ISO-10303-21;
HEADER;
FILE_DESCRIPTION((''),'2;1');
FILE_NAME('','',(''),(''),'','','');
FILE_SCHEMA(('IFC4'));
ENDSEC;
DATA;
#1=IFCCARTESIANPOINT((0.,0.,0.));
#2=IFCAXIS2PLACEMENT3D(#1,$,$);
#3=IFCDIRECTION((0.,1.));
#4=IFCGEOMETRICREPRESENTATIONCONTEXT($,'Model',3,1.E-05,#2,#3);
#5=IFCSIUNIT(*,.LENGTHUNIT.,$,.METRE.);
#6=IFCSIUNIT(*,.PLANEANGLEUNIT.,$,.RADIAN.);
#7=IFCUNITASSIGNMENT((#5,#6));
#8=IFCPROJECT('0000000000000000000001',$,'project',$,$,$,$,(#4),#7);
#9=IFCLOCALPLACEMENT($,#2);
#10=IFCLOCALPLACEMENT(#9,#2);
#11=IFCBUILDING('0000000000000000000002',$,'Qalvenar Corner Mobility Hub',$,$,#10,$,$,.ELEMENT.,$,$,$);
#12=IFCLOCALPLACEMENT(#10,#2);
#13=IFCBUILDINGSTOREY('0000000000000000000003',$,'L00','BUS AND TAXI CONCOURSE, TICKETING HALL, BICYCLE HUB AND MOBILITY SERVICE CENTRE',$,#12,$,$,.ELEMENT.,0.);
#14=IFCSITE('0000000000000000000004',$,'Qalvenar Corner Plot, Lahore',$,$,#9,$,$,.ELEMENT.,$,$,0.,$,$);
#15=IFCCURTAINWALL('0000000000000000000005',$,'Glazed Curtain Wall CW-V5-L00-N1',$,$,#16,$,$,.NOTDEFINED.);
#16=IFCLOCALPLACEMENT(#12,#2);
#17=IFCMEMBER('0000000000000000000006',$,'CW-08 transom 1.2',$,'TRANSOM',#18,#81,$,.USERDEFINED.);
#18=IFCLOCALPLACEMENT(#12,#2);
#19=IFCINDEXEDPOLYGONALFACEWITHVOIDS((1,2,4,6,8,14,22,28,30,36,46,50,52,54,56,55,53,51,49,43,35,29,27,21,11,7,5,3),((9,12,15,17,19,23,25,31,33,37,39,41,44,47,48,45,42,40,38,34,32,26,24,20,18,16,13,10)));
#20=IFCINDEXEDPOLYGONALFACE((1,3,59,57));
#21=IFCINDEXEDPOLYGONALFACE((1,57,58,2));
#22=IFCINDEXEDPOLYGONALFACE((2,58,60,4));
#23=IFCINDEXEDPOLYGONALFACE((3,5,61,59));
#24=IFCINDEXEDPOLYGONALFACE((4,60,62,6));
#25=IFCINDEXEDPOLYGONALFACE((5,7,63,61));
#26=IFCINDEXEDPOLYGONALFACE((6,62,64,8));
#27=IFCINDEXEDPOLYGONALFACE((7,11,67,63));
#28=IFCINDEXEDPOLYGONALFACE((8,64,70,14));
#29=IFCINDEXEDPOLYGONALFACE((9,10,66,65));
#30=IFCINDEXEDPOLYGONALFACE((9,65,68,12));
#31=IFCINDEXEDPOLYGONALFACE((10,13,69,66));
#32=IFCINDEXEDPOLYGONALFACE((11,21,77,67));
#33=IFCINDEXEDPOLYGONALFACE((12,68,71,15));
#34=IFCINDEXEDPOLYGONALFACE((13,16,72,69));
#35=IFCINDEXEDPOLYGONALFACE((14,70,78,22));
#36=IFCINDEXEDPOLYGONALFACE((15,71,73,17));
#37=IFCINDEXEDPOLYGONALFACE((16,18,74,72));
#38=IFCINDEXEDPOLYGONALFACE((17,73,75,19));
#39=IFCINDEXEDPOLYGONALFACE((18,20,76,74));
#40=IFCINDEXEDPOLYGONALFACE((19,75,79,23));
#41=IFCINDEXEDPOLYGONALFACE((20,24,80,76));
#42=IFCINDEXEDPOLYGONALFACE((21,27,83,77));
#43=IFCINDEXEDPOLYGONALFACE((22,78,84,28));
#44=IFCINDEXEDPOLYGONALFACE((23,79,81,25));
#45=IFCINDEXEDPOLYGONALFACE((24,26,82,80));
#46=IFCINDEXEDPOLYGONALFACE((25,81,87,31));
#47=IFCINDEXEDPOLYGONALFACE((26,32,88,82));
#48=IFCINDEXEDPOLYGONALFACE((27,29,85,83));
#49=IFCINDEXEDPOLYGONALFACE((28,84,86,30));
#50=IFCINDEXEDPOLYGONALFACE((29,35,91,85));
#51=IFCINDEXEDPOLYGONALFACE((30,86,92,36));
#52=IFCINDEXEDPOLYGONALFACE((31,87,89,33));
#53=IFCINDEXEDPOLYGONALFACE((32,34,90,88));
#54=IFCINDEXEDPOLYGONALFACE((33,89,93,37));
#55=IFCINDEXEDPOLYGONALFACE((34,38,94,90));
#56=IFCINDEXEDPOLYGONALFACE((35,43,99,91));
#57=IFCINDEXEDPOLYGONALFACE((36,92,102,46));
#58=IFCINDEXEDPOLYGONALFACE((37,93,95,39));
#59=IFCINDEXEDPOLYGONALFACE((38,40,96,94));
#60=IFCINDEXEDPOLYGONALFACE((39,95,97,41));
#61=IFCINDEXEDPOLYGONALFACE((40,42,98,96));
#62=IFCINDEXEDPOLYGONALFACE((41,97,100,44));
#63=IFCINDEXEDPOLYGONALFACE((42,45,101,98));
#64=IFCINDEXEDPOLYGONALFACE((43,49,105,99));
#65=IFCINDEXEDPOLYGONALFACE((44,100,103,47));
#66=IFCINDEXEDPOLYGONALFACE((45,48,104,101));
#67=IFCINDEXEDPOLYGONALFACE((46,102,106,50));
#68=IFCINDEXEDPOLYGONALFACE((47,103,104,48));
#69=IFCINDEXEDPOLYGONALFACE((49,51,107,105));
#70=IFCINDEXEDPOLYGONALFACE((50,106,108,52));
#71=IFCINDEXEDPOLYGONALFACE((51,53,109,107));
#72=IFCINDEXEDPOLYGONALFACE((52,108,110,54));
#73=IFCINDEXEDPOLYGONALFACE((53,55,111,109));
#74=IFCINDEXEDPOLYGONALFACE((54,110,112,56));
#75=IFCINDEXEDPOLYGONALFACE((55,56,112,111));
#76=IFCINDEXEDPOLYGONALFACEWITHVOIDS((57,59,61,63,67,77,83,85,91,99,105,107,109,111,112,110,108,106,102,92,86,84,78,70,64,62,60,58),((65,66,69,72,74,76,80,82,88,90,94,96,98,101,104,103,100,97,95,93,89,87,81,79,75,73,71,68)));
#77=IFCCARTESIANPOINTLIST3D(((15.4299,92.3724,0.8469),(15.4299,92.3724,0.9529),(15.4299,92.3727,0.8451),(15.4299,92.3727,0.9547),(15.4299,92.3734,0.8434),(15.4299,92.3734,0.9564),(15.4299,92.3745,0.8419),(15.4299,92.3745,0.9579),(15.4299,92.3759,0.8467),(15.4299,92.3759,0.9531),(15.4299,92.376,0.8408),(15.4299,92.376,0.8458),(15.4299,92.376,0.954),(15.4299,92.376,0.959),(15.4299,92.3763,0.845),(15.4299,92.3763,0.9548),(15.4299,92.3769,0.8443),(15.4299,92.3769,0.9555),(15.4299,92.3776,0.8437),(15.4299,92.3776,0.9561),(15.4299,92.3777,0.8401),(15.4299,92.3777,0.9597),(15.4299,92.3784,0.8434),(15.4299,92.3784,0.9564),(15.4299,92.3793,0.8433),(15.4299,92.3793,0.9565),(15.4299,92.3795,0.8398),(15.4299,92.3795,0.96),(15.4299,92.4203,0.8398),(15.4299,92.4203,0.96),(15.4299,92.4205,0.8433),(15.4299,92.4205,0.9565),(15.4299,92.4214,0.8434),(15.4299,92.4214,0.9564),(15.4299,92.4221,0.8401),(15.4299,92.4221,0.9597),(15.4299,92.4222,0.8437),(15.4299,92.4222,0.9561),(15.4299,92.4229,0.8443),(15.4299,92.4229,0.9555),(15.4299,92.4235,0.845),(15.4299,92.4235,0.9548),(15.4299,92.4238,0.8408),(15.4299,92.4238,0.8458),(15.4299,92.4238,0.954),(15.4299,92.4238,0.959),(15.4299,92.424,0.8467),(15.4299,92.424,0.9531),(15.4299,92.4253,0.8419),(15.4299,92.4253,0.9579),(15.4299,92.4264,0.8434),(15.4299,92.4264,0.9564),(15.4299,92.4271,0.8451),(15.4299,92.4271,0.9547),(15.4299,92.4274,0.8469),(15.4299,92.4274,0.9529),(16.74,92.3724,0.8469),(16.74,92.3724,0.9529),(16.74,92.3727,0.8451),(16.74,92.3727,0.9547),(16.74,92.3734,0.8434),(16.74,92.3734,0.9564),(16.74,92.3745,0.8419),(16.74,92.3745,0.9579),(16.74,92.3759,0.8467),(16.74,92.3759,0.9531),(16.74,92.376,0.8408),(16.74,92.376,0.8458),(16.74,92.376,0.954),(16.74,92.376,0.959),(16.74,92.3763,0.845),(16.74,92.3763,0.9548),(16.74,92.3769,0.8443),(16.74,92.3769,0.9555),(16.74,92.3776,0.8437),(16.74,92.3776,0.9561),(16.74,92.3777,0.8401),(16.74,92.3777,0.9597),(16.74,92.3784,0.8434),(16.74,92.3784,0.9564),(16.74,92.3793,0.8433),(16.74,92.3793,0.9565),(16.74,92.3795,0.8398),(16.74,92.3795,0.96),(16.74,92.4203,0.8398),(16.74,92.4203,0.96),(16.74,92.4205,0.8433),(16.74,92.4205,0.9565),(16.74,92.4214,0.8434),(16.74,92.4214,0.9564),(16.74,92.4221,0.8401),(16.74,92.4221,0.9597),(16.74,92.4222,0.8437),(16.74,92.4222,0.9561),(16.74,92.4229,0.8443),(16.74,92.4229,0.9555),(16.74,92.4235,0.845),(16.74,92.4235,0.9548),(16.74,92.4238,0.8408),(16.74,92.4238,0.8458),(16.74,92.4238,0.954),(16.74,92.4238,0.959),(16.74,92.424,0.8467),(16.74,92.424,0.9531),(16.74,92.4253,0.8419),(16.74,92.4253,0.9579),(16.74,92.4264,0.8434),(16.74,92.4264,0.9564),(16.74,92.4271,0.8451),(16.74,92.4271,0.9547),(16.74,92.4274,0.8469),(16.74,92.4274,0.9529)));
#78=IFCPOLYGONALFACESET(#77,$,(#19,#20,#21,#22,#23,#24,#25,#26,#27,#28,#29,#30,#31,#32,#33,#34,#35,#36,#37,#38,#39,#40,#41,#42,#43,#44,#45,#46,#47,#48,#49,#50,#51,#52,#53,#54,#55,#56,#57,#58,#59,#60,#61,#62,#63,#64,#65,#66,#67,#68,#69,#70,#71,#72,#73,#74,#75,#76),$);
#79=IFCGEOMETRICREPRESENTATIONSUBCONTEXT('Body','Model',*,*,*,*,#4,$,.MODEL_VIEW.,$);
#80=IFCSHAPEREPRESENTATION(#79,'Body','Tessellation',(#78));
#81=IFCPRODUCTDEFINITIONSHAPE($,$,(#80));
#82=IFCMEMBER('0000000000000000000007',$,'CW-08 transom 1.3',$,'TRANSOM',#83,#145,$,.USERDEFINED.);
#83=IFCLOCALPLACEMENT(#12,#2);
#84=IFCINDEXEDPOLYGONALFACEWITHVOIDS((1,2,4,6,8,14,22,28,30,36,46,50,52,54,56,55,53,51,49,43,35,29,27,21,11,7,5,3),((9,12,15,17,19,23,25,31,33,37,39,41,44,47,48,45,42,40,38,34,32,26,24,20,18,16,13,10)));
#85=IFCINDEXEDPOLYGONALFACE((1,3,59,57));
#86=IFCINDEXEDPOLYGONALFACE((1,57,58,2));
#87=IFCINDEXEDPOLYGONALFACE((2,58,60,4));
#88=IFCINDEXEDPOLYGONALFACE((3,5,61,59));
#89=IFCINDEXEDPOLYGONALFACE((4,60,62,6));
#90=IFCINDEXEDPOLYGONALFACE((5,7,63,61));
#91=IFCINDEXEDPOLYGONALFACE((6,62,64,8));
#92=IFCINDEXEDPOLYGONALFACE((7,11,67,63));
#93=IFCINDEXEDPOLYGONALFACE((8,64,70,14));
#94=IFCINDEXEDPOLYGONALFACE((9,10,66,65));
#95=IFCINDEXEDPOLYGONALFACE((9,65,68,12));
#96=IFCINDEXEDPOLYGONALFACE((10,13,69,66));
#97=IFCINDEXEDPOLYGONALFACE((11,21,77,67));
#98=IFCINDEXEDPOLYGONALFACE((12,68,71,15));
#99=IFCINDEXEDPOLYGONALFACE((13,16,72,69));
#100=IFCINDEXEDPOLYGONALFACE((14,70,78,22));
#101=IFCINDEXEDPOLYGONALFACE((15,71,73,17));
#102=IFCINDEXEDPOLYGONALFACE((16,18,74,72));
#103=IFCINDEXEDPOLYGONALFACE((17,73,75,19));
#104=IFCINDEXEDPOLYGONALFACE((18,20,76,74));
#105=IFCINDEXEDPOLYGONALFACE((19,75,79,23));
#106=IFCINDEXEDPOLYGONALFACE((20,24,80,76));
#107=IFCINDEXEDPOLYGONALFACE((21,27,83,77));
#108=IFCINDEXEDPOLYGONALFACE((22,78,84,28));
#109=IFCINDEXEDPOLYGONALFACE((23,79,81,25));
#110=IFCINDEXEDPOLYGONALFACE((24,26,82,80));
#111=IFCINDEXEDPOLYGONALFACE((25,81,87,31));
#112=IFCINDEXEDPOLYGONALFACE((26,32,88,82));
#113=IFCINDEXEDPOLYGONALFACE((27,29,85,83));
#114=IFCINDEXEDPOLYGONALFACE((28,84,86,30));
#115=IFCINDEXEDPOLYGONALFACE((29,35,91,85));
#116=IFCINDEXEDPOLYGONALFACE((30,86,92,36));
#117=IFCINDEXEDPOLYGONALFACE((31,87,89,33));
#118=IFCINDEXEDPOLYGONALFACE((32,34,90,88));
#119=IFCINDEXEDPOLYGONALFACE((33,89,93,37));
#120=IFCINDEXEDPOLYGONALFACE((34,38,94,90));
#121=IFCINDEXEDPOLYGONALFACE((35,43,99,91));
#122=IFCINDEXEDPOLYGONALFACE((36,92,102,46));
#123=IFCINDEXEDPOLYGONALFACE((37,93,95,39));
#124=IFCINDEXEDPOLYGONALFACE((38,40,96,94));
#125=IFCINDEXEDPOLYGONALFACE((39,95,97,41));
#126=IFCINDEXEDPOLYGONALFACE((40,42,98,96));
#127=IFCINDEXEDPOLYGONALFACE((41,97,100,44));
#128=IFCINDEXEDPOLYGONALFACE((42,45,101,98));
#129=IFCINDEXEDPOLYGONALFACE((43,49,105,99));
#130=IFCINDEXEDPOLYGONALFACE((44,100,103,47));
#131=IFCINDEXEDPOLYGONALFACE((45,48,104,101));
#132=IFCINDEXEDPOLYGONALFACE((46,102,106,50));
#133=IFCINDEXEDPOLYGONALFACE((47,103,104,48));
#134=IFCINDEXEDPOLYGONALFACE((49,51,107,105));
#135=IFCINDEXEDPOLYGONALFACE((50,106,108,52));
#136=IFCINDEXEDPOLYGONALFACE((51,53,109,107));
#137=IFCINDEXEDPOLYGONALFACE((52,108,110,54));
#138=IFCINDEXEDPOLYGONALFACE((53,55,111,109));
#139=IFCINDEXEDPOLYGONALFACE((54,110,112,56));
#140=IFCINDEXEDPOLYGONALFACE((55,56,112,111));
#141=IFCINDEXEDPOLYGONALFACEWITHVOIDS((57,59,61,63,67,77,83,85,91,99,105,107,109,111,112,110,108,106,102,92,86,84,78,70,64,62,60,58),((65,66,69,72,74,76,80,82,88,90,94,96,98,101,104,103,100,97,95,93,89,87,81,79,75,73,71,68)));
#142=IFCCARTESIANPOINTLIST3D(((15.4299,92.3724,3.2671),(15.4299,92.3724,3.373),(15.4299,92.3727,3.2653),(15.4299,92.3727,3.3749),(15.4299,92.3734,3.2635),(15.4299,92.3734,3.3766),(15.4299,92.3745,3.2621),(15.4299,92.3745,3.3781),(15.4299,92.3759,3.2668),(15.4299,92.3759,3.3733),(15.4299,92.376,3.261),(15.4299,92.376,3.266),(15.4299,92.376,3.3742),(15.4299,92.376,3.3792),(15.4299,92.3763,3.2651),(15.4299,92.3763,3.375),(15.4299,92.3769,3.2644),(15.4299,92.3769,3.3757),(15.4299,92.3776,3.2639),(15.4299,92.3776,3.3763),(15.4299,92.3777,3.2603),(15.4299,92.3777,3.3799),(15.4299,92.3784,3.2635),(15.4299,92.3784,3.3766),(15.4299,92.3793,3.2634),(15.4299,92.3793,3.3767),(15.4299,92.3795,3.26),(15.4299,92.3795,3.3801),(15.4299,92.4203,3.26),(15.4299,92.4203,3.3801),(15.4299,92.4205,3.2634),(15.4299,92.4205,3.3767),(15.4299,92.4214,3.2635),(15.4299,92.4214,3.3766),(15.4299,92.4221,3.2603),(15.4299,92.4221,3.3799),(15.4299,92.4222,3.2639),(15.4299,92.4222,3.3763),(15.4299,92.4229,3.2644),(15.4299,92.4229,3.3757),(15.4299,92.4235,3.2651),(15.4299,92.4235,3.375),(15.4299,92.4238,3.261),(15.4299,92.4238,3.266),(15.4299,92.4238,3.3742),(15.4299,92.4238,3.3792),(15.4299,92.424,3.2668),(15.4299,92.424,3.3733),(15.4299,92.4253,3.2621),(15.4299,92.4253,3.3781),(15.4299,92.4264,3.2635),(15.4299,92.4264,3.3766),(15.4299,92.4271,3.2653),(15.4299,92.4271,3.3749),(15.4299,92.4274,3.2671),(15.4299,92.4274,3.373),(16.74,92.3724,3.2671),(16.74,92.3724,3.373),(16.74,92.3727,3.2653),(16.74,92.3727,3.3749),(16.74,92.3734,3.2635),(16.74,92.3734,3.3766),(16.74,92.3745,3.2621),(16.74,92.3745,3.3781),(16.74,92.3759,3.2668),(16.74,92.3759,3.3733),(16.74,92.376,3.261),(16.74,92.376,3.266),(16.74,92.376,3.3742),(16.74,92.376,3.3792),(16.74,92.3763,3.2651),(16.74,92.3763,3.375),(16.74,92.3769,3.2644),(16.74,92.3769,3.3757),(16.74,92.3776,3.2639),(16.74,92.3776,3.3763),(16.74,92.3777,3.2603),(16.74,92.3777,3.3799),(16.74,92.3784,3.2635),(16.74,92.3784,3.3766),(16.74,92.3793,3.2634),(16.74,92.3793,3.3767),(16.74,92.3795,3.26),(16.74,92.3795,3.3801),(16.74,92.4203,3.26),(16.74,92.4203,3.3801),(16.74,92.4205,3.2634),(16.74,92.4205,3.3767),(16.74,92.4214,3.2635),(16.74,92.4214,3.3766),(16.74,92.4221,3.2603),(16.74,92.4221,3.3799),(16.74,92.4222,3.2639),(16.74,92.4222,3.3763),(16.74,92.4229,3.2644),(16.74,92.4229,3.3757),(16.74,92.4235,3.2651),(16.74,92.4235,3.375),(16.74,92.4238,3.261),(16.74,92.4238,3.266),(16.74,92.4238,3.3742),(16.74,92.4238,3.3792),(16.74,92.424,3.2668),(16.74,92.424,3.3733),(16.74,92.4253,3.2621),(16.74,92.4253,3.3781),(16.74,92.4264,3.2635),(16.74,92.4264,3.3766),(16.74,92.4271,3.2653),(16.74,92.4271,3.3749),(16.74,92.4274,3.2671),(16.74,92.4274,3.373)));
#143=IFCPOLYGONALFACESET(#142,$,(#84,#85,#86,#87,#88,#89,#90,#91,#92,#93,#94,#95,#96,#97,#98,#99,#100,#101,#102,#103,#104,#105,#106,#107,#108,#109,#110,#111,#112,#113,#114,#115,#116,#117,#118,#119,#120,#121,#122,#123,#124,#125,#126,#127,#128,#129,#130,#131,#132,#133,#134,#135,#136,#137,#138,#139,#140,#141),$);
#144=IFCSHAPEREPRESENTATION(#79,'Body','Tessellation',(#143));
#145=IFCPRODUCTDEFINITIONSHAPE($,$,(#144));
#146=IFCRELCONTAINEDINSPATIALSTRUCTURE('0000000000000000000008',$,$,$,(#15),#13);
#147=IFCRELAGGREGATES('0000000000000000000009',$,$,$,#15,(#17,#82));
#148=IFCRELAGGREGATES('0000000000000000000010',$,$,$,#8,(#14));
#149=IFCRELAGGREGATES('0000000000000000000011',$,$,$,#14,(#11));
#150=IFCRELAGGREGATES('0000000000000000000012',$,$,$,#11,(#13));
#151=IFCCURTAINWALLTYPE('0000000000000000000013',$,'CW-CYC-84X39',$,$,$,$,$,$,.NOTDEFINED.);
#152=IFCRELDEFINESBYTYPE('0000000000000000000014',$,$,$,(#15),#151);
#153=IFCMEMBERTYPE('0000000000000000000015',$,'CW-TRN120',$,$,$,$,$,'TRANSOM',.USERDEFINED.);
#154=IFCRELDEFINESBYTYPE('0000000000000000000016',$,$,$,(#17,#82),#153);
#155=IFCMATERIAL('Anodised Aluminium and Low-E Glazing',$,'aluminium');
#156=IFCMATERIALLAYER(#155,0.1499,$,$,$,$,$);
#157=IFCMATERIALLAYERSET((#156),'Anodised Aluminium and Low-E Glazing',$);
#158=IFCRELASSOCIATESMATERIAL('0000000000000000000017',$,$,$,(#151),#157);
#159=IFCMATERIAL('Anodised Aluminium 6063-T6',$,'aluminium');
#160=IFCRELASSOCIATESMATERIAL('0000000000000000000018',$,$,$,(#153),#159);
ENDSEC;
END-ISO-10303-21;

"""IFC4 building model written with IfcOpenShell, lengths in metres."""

from ifc_helpers import new_model, si_unit, direction, frame, origin, origin_2d, place, context, subcontext, project, spatial, hollow_rectangle, extrude, material, layer, layer_set, material_profile, profile_set, type_object, element, aggregate, save


model = new_model("IFC4")

# Units and contexts
model_context = context("Model", 3, precision=1e-05, world=origin(), true_north=direction((0.0, 1.0)))
body_context = subcontext(model_context, "Body", "Model", "MODEL_VIEW")
ifc_project = project(units=[si_unit("LENGTHUNIT", "METRE"), si_unit("PLANEANGLEUNIT", "RADIAN")], contexts=[model_context])

# Site, building, storey
site_placement = place(None, origin())
site = spatial("IfcSite", under=ifc_project, at=site_placement, Name="Qalvenar Corner Plot, Lahore", CompositionType="ELEMENT", RefElevation=0.0)
building_placement = place(site_placement, origin())
building = spatial("IfcBuilding", under=site, at=building_placement, Name="Qalvenar Corner Mobility Hub", CompositionType="ELEMENT")
storey_placement = place(building_placement, origin())
storey = spatial("IfcBuildingStorey", under=building, at=storey_placement, Name="L00", Description="BUS AND TAXI CONCOURSE, TICKETING HALL, BICYCLE HUB AND MOBILITY SERVICE CENTRE", CompositionType="ELEMENT", Elevation=0.0)

# Curtain wall
ifc_material_1 = material(Name="Anodised Aluminium and Low-E Glazing", Category="aluminium")
ifc_layer_1 = layer(ifc_material_1, 0.1499)
ifc_layer_set_1 = layer_set([ifc_layer_1], Name="Anodised Aluminium and Low-E Glazing")
curtain_wall_type = type_object("IfcCurtainWallType", Name="CW-CYC-84X39", PredefinedType="NOTDEFINED", material=ifc_layer_set_1)
curtain_wall_1_placement = place(storey_placement, origin())
curtain_wall_1 = element("IfcCurtainWall", 1, at=curtain_wall_1_placement, inside=storey, type_object=curtain_wall_type, Name="Glazed Curtain Wall CW-V5-L00-N1", PredefinedType="NOTDEFINED")
ifc_material_2 = material(Name="Anodised Aluminium 6063-T6", Category="aluminium")

# Members
ifc_material_profile_1 = material_profile(ifc_material_2, hollow_rectangle(XDim=0.0549, YDim=0.1201, WallThickness=0.0034, InnerFilletRadius=0.0034, OuterFilletRadius=0.0071, at=origin_2d()), Name="RHS120x55x3.5")
ifc_profile_set_1 = profile_set([ifc_material_profile_1], Name="Anodised Aluminium 6063-T6")
member_type_1 = type_object("IfcMemberType", Name="CW-TRN120", ElementType="TRANSOM", PredefinedType="USERDEFINED", material=ifc_profile_set_1)
member_1_placement = place(storey_placement, frame((16.74, 92.3999, 0.8999), z_axis=(-1.0, 0.0, 0.0), x_axis=(0.0, -1.0, 0.0)))
member_1 = element("IfcMember", 2, at=member_1_placement, type_object=member_type_1, Name="CW-08 transom 1.2", ObjectType="TRANSOM", PredefinedType="USERDEFINED", context=body_context, shape_type="SweptSolid", body=[
    extrude(hollow_rectangle(XDim=0.0549, YDim=0.1201, WallThickness=0.0034, InnerFilletRadius=0.0034, OuterFilletRadius=0.0071, at=origin_2d()), origin(), (0.0, 0.0, 1.0), 1.3101),
])
member_2_placement = place(storey_placement, frame((16.74, 92.3999, 3.3201), z_axis=(-1.0, 0.0, 0.0), x_axis=(0.0, -1.0, 0.0)))
member_2 = element("IfcMember", 3, at=member_2_placement, type_object=member_type_1, Name="CW-08 transom 1.3", ObjectType="TRANSOM", PredefinedType="USERDEFINED", context=body_context, shape_type="SweptSolid", body=[
    extrude(hollow_rectangle(XDim=0.0549, YDim=0.1201, WallThickness=0.0034, InnerFilletRadius=0.0034, OuterFilletRadius=0.0071, at=origin_2d()), origin(), (0.0, 0.0, 1.0), 1.3101),
])

aggregate(curtain_wall_1, [member_1, member_2])

save(model, "model.ifc")
